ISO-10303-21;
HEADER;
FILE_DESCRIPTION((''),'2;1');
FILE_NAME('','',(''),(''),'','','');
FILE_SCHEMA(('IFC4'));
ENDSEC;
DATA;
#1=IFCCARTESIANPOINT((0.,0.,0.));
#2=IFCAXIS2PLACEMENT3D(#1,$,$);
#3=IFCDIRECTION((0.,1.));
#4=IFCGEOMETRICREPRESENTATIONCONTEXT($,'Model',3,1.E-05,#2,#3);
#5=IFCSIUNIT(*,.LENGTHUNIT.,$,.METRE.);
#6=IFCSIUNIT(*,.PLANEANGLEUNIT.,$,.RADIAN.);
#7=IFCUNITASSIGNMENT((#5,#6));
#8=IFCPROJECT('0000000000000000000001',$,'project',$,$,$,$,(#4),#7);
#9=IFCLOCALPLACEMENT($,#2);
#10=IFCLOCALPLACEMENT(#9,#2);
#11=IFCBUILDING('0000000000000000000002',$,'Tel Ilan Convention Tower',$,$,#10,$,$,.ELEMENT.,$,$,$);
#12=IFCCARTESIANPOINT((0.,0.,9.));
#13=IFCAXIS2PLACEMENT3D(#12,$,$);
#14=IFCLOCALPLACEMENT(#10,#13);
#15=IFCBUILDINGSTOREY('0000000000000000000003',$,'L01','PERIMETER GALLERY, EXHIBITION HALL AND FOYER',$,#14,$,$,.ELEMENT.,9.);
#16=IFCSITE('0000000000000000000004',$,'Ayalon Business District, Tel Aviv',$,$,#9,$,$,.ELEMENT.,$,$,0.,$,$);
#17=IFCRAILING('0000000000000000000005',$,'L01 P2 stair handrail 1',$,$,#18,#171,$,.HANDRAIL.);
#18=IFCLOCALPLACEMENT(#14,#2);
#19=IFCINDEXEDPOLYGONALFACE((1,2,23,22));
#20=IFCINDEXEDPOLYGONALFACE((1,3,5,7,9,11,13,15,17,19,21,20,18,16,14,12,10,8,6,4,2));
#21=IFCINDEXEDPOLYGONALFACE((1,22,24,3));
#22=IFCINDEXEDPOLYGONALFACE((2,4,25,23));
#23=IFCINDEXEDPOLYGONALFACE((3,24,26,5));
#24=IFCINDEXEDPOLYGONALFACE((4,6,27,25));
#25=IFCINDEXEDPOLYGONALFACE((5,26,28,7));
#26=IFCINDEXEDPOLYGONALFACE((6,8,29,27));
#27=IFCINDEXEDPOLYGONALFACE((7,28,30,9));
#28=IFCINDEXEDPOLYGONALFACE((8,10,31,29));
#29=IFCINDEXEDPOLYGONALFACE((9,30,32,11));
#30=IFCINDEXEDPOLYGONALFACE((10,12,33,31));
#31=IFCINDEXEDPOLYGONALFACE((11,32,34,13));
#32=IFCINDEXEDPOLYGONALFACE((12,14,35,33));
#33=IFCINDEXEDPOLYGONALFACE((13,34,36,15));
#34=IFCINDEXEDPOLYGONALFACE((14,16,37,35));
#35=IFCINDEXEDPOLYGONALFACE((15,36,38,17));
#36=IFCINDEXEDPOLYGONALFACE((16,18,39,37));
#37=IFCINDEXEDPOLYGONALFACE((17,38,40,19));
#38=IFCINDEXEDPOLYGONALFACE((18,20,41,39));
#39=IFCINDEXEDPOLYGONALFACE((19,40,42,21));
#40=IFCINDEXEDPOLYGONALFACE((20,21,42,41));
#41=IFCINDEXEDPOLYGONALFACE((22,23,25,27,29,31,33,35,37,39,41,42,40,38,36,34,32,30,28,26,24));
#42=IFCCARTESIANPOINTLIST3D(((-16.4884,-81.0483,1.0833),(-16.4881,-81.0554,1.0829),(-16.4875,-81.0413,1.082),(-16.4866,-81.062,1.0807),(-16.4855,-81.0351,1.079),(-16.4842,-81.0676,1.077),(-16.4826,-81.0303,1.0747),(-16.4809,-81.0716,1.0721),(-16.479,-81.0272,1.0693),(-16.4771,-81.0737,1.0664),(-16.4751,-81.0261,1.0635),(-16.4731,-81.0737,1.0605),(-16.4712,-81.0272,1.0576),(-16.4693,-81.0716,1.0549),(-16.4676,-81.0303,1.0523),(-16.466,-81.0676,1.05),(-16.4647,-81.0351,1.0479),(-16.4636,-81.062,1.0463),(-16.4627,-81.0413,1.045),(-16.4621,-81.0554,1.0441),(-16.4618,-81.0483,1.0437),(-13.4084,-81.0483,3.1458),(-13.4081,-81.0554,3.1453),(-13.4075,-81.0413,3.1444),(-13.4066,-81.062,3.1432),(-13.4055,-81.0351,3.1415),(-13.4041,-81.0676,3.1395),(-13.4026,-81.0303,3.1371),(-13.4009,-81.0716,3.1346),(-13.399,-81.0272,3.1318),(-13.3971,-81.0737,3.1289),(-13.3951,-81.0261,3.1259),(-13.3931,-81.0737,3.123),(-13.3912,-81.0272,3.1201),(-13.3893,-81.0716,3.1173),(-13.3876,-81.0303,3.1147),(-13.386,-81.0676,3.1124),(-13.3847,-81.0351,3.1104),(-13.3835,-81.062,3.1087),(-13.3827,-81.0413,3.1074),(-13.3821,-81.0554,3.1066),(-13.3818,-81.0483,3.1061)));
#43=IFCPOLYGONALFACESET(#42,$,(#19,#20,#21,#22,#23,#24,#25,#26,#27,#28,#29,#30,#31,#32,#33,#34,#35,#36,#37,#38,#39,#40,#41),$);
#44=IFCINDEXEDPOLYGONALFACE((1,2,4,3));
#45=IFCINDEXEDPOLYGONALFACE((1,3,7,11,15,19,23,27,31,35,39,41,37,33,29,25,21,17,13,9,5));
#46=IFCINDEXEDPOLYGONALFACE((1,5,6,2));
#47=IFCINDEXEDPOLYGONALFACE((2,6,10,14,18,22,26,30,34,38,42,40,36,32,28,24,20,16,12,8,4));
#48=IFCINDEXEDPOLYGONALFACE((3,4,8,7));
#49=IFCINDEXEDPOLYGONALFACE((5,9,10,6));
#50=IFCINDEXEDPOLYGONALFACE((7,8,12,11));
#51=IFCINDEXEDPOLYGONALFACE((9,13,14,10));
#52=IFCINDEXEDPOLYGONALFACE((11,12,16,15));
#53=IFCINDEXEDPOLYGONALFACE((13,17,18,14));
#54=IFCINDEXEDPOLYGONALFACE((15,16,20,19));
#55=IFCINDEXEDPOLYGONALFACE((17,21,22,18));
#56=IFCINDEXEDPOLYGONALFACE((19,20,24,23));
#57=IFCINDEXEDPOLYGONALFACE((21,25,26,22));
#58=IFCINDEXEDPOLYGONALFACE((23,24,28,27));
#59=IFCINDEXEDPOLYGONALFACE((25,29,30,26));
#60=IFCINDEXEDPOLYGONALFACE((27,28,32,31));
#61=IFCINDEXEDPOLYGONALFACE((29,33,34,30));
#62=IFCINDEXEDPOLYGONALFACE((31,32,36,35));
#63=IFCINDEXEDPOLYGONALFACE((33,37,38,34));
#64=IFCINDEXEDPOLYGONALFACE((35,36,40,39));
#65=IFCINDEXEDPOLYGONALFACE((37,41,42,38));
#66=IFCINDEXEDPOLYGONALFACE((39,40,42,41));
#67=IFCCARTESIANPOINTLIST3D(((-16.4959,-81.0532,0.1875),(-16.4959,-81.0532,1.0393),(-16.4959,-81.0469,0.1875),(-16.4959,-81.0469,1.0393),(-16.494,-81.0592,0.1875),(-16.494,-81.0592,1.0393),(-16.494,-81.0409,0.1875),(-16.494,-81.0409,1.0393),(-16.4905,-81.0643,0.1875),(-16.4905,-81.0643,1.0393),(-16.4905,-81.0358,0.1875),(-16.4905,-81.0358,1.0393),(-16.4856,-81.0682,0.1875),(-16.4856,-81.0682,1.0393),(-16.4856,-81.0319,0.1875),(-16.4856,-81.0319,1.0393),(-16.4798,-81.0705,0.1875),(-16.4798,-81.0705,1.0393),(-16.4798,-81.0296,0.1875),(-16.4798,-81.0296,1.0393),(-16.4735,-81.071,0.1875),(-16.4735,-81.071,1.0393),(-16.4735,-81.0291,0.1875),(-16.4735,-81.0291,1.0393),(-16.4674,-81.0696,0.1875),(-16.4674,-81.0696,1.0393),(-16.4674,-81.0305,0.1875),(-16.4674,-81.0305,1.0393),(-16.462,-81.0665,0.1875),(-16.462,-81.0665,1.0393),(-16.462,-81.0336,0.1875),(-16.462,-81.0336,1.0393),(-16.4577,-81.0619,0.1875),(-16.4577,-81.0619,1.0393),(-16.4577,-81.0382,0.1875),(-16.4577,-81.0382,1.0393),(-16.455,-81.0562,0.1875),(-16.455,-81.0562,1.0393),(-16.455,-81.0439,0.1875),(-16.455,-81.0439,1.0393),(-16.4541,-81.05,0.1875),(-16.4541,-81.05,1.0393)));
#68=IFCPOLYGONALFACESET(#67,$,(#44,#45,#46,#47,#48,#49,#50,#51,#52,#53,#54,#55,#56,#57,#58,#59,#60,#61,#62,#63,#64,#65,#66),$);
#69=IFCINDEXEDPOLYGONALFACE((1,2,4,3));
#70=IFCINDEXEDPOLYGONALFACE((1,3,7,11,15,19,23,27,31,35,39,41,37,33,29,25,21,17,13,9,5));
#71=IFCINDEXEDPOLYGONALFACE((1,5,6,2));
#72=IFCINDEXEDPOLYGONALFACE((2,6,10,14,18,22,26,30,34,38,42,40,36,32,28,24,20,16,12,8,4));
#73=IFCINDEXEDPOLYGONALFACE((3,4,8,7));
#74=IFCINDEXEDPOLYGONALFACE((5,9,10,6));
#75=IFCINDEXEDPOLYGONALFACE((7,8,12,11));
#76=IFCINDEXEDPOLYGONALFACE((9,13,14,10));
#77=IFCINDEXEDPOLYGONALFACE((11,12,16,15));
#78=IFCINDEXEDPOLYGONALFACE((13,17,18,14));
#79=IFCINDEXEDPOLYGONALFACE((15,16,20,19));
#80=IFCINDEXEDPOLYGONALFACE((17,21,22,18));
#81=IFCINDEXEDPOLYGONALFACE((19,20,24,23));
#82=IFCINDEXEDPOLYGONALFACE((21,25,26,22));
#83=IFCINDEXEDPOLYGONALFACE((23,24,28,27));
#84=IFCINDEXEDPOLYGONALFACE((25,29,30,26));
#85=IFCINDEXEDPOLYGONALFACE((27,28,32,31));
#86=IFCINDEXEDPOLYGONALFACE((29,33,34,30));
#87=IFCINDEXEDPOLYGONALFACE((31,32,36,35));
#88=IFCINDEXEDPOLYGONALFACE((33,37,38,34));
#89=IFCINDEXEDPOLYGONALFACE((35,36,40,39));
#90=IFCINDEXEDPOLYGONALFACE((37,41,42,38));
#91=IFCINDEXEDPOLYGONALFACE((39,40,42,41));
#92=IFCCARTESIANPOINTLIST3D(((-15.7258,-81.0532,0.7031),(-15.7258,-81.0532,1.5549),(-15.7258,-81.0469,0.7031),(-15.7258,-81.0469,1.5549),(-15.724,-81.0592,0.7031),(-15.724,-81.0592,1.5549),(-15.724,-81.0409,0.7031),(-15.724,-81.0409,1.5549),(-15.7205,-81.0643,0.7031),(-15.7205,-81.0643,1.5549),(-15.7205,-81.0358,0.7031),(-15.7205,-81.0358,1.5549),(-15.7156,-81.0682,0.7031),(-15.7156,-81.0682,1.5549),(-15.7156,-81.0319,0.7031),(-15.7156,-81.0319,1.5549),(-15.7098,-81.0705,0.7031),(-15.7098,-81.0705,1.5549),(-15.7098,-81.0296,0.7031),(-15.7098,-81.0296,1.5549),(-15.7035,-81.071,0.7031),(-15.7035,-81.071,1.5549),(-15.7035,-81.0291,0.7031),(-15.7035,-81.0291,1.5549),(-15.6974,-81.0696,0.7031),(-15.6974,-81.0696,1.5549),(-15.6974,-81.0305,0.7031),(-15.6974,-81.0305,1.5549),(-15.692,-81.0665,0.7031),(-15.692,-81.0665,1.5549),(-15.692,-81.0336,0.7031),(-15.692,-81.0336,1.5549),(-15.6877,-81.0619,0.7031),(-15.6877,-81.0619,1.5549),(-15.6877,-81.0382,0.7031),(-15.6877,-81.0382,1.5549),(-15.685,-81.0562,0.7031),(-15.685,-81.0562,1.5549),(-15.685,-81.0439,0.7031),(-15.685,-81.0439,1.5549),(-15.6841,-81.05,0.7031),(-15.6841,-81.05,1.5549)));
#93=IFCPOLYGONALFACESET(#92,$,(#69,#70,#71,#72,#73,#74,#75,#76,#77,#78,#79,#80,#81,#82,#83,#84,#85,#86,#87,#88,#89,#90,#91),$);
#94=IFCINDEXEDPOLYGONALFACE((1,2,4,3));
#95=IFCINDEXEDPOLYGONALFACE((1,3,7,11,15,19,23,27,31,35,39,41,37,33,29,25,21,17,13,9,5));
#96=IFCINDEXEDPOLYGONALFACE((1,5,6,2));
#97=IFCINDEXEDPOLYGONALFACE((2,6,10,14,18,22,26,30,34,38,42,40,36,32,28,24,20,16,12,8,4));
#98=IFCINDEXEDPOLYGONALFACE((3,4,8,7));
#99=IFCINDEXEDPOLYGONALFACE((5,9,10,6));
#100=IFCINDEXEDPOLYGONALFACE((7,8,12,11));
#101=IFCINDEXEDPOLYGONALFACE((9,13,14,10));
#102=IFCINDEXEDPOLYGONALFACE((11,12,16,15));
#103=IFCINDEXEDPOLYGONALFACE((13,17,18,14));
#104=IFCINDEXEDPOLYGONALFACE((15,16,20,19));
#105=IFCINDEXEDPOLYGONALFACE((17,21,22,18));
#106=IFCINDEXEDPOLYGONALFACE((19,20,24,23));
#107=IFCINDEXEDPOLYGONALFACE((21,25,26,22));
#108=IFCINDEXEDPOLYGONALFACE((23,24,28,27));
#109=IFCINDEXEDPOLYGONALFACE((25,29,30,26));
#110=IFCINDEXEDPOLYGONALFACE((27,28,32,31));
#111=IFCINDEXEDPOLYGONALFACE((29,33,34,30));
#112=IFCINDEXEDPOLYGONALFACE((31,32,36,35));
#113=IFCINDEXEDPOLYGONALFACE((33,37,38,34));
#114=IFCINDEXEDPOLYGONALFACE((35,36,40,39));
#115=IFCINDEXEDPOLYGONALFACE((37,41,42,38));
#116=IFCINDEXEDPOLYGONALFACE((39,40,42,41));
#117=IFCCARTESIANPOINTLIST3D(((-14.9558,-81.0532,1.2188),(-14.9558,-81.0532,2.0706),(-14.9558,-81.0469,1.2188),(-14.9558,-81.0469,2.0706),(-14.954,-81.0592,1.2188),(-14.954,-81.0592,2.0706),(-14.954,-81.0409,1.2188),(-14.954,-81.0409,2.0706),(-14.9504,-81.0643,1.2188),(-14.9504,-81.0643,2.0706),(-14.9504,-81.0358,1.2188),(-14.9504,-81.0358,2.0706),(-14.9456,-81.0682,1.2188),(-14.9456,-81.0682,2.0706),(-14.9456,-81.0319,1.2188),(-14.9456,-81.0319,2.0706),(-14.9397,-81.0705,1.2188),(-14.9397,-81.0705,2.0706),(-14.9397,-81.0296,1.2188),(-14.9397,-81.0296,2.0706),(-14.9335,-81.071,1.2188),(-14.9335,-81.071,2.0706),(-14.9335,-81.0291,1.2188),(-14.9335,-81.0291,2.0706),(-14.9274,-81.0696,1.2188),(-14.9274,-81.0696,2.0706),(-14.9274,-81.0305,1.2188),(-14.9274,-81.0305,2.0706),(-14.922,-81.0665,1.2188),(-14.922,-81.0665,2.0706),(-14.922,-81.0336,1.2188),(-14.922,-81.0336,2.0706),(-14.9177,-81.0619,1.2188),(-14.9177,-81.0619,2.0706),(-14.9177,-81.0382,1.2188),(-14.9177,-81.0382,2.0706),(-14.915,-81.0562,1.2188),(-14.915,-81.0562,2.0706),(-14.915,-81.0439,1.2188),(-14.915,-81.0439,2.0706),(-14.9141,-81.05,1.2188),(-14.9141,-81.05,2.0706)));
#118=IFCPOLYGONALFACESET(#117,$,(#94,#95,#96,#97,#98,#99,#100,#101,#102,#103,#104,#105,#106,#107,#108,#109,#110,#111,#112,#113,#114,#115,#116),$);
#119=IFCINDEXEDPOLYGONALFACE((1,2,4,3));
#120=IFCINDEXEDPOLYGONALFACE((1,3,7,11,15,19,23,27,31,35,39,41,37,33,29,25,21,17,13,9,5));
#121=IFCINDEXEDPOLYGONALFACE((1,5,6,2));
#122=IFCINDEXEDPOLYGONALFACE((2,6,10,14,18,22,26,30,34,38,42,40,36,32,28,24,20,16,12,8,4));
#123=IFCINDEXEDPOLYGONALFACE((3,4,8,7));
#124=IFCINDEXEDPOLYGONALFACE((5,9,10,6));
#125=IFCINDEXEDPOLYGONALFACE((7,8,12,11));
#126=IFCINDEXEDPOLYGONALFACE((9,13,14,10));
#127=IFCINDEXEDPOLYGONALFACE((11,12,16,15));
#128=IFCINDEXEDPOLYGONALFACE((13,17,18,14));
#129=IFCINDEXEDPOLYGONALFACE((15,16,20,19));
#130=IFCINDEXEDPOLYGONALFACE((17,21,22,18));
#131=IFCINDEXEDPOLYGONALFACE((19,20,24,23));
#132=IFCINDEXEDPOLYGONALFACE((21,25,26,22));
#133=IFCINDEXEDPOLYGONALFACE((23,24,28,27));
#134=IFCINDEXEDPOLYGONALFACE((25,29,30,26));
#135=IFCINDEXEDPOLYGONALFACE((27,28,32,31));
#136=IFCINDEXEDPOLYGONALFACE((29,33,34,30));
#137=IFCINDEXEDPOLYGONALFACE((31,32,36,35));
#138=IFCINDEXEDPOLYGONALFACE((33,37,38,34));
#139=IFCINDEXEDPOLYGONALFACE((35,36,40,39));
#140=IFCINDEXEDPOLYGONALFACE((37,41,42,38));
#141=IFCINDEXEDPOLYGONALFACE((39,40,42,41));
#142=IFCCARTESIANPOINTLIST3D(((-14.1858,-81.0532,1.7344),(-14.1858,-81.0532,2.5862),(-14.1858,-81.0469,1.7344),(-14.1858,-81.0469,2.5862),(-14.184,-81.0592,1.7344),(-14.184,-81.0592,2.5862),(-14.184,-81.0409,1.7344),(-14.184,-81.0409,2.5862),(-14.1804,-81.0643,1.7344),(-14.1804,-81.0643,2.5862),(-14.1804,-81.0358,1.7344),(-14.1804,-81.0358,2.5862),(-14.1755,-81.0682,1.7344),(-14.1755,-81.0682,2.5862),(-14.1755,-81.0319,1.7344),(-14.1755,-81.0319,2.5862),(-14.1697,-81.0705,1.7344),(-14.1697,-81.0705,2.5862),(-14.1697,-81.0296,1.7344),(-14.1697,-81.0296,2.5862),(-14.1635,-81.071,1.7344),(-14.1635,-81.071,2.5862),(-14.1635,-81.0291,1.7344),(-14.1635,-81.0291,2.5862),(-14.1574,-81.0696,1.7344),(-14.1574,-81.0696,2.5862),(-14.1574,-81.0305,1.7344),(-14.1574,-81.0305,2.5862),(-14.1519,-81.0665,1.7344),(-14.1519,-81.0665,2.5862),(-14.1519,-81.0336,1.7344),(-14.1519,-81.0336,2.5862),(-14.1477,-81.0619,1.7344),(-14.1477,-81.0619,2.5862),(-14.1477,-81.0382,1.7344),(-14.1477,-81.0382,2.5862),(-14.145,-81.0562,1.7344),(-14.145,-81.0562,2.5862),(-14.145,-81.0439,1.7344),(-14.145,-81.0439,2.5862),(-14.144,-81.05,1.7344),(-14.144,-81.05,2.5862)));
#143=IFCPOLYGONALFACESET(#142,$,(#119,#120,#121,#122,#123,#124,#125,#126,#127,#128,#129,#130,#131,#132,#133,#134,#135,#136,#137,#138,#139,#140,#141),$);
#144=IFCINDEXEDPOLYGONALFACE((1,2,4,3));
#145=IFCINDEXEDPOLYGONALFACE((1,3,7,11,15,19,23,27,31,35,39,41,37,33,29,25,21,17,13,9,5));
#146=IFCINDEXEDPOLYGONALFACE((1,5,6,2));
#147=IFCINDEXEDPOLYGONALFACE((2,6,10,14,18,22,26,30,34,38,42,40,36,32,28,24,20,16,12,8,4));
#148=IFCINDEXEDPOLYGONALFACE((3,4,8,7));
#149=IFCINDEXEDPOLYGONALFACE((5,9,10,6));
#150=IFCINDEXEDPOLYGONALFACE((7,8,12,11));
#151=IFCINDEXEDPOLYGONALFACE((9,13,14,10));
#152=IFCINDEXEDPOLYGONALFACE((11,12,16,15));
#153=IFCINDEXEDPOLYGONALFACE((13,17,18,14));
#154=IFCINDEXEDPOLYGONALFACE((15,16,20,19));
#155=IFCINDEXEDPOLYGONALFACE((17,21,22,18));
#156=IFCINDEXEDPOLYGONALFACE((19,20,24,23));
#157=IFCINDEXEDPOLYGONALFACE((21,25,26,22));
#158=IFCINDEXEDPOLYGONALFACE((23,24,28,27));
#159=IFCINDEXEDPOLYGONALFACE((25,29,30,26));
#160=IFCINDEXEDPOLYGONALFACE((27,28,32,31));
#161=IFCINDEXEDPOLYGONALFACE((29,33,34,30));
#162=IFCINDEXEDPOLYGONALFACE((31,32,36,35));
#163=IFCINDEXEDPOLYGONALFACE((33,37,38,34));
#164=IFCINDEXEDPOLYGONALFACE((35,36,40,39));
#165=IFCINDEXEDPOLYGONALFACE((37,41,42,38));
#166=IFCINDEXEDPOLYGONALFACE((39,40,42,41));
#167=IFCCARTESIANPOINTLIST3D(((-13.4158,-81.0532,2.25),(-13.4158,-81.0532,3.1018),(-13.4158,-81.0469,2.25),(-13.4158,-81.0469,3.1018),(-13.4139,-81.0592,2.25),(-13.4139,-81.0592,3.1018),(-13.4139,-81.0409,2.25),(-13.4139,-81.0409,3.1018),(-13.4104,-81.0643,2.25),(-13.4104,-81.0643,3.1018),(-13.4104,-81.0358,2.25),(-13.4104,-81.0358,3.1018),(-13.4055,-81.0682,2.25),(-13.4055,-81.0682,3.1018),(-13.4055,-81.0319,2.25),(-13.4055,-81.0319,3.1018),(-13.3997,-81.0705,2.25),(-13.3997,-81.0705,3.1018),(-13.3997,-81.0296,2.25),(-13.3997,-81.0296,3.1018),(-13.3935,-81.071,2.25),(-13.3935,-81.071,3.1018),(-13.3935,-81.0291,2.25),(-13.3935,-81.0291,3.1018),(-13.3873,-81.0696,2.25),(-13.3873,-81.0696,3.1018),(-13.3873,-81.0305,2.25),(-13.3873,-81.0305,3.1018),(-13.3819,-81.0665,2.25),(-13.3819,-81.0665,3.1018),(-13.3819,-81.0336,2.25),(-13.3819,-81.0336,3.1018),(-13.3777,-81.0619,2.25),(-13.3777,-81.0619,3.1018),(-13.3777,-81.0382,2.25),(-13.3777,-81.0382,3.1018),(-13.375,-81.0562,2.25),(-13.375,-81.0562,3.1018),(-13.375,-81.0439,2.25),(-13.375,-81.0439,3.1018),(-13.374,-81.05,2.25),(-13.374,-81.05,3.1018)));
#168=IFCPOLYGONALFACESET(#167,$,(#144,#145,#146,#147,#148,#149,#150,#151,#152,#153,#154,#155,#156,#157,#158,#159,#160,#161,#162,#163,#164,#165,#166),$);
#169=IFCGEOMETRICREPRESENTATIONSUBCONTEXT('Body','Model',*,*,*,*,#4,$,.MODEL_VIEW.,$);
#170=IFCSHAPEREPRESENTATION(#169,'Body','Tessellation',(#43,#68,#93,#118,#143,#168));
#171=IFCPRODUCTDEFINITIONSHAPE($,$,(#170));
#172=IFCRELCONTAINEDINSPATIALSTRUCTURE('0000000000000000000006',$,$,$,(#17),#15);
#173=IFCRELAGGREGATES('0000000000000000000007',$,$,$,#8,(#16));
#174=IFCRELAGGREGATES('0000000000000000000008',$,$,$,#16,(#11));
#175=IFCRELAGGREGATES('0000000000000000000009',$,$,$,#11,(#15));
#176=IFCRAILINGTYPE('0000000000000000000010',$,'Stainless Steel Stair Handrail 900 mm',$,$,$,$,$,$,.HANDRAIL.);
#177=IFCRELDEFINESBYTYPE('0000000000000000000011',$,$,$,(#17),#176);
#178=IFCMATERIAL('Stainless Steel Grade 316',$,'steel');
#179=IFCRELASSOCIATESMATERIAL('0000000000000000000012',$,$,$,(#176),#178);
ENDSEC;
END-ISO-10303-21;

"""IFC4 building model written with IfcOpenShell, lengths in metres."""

from ifc_helpers import new_model, si_unit, direction, frame, origin, origin_2d, place, context, subcontext, project, spatial, circle, extrude, material, type_object, element, save


model = new_model("IFC4")

# Units and contexts
model_context = context("Model", 3, precision=1e-05, world=origin(), true_north=direction((0.0, 1.0)))
body_context = subcontext(model_context, "Body", "Model", "MODEL_VIEW")
ifc_project = project(units=[si_unit("LENGTHUNIT", "METRE"), si_unit("PLANEANGLEUNIT", "RADIAN")], contexts=[model_context])

# Site, building, storey
site_placement = place(None, origin())
site = spatial("IfcSite", under=ifc_project, at=site_placement, Name="Ayalon Business District, Tel Aviv", CompositionType="ELEMENT", RefElevation=0.0)
building_placement = place(site_placement, origin())
building = spatial("IfcBuilding", under=site, at=building_placement, Name="Tel Ilan Convention Tower", CompositionType="ELEMENT")
storey_placement = place(building_placement, frame((0.0, 0.0, 9.0)))
storey = spatial("IfcBuildingStorey", under=building, at=storey_placement, Name="L01", Description="PERIMETER GALLERY, EXHIBITION HALL AND FOYER", CompositionType="ELEMENT", Elevation=9.0)

# Railing
ifc_material_1 = material(Name="Stainless Steel Grade 316", Category="steel")
railing_type_1 = type_object("IfcRailingType", Name="Stainless Steel Stair Handrail 900 mm", PredefinedType="HANDRAIL", material=ifc_material_1)
for number, where, name in (
    (1, (-16.4751, -81.05, 0.1875), "L01 P2 stair handrail 1"),
):
    element("IfcRailing", number, at=place(storey_placement, frame(where)), inside=storey, type_object=railing_type_1, Name=name, PredefinedType="HANDRAIL", context=body_context, shape_type="SweptSolid", body=[
        extrude(circle(Radius=0.0239, at=origin_2d()), frame((0.0, 0.0, 0.876), z_axis=(0.830914, 0.0, 0.556401), x_axis=(0.0, 1.0, 0.0)), (0.0, 0.0, 1.0), 3.7068),
        extrude(circle(Radius=0.021, at=origin_2d()), origin(), (0.0, 0.0, 1.0), 0.8518),
        extrude(circle(Radius=0.021, at=origin_2d()), frame((0.77, 0.0, 0.5156)), (0.0, 0.0, 1.0), 0.8518),
        extrude(circle(Radius=0.021, at=origin_2d()), frame((1.54, 0.0, 1.0312)), (0.0, 0.0, 1.0), 0.8518),
        extrude(circle(Radius=0.021, at=origin_2d()), frame((2.3101, 0.0, 1.5469)), (0.0, 0.0, 1.0), 0.8518),
        extrude(circle(Radius=0.021, at=origin_2d()), frame((3.0801, 0.0, 2.0625)), (0.0, 0.0, 1.0), 0.8518),
    ])

save(model, "model.ifc")
